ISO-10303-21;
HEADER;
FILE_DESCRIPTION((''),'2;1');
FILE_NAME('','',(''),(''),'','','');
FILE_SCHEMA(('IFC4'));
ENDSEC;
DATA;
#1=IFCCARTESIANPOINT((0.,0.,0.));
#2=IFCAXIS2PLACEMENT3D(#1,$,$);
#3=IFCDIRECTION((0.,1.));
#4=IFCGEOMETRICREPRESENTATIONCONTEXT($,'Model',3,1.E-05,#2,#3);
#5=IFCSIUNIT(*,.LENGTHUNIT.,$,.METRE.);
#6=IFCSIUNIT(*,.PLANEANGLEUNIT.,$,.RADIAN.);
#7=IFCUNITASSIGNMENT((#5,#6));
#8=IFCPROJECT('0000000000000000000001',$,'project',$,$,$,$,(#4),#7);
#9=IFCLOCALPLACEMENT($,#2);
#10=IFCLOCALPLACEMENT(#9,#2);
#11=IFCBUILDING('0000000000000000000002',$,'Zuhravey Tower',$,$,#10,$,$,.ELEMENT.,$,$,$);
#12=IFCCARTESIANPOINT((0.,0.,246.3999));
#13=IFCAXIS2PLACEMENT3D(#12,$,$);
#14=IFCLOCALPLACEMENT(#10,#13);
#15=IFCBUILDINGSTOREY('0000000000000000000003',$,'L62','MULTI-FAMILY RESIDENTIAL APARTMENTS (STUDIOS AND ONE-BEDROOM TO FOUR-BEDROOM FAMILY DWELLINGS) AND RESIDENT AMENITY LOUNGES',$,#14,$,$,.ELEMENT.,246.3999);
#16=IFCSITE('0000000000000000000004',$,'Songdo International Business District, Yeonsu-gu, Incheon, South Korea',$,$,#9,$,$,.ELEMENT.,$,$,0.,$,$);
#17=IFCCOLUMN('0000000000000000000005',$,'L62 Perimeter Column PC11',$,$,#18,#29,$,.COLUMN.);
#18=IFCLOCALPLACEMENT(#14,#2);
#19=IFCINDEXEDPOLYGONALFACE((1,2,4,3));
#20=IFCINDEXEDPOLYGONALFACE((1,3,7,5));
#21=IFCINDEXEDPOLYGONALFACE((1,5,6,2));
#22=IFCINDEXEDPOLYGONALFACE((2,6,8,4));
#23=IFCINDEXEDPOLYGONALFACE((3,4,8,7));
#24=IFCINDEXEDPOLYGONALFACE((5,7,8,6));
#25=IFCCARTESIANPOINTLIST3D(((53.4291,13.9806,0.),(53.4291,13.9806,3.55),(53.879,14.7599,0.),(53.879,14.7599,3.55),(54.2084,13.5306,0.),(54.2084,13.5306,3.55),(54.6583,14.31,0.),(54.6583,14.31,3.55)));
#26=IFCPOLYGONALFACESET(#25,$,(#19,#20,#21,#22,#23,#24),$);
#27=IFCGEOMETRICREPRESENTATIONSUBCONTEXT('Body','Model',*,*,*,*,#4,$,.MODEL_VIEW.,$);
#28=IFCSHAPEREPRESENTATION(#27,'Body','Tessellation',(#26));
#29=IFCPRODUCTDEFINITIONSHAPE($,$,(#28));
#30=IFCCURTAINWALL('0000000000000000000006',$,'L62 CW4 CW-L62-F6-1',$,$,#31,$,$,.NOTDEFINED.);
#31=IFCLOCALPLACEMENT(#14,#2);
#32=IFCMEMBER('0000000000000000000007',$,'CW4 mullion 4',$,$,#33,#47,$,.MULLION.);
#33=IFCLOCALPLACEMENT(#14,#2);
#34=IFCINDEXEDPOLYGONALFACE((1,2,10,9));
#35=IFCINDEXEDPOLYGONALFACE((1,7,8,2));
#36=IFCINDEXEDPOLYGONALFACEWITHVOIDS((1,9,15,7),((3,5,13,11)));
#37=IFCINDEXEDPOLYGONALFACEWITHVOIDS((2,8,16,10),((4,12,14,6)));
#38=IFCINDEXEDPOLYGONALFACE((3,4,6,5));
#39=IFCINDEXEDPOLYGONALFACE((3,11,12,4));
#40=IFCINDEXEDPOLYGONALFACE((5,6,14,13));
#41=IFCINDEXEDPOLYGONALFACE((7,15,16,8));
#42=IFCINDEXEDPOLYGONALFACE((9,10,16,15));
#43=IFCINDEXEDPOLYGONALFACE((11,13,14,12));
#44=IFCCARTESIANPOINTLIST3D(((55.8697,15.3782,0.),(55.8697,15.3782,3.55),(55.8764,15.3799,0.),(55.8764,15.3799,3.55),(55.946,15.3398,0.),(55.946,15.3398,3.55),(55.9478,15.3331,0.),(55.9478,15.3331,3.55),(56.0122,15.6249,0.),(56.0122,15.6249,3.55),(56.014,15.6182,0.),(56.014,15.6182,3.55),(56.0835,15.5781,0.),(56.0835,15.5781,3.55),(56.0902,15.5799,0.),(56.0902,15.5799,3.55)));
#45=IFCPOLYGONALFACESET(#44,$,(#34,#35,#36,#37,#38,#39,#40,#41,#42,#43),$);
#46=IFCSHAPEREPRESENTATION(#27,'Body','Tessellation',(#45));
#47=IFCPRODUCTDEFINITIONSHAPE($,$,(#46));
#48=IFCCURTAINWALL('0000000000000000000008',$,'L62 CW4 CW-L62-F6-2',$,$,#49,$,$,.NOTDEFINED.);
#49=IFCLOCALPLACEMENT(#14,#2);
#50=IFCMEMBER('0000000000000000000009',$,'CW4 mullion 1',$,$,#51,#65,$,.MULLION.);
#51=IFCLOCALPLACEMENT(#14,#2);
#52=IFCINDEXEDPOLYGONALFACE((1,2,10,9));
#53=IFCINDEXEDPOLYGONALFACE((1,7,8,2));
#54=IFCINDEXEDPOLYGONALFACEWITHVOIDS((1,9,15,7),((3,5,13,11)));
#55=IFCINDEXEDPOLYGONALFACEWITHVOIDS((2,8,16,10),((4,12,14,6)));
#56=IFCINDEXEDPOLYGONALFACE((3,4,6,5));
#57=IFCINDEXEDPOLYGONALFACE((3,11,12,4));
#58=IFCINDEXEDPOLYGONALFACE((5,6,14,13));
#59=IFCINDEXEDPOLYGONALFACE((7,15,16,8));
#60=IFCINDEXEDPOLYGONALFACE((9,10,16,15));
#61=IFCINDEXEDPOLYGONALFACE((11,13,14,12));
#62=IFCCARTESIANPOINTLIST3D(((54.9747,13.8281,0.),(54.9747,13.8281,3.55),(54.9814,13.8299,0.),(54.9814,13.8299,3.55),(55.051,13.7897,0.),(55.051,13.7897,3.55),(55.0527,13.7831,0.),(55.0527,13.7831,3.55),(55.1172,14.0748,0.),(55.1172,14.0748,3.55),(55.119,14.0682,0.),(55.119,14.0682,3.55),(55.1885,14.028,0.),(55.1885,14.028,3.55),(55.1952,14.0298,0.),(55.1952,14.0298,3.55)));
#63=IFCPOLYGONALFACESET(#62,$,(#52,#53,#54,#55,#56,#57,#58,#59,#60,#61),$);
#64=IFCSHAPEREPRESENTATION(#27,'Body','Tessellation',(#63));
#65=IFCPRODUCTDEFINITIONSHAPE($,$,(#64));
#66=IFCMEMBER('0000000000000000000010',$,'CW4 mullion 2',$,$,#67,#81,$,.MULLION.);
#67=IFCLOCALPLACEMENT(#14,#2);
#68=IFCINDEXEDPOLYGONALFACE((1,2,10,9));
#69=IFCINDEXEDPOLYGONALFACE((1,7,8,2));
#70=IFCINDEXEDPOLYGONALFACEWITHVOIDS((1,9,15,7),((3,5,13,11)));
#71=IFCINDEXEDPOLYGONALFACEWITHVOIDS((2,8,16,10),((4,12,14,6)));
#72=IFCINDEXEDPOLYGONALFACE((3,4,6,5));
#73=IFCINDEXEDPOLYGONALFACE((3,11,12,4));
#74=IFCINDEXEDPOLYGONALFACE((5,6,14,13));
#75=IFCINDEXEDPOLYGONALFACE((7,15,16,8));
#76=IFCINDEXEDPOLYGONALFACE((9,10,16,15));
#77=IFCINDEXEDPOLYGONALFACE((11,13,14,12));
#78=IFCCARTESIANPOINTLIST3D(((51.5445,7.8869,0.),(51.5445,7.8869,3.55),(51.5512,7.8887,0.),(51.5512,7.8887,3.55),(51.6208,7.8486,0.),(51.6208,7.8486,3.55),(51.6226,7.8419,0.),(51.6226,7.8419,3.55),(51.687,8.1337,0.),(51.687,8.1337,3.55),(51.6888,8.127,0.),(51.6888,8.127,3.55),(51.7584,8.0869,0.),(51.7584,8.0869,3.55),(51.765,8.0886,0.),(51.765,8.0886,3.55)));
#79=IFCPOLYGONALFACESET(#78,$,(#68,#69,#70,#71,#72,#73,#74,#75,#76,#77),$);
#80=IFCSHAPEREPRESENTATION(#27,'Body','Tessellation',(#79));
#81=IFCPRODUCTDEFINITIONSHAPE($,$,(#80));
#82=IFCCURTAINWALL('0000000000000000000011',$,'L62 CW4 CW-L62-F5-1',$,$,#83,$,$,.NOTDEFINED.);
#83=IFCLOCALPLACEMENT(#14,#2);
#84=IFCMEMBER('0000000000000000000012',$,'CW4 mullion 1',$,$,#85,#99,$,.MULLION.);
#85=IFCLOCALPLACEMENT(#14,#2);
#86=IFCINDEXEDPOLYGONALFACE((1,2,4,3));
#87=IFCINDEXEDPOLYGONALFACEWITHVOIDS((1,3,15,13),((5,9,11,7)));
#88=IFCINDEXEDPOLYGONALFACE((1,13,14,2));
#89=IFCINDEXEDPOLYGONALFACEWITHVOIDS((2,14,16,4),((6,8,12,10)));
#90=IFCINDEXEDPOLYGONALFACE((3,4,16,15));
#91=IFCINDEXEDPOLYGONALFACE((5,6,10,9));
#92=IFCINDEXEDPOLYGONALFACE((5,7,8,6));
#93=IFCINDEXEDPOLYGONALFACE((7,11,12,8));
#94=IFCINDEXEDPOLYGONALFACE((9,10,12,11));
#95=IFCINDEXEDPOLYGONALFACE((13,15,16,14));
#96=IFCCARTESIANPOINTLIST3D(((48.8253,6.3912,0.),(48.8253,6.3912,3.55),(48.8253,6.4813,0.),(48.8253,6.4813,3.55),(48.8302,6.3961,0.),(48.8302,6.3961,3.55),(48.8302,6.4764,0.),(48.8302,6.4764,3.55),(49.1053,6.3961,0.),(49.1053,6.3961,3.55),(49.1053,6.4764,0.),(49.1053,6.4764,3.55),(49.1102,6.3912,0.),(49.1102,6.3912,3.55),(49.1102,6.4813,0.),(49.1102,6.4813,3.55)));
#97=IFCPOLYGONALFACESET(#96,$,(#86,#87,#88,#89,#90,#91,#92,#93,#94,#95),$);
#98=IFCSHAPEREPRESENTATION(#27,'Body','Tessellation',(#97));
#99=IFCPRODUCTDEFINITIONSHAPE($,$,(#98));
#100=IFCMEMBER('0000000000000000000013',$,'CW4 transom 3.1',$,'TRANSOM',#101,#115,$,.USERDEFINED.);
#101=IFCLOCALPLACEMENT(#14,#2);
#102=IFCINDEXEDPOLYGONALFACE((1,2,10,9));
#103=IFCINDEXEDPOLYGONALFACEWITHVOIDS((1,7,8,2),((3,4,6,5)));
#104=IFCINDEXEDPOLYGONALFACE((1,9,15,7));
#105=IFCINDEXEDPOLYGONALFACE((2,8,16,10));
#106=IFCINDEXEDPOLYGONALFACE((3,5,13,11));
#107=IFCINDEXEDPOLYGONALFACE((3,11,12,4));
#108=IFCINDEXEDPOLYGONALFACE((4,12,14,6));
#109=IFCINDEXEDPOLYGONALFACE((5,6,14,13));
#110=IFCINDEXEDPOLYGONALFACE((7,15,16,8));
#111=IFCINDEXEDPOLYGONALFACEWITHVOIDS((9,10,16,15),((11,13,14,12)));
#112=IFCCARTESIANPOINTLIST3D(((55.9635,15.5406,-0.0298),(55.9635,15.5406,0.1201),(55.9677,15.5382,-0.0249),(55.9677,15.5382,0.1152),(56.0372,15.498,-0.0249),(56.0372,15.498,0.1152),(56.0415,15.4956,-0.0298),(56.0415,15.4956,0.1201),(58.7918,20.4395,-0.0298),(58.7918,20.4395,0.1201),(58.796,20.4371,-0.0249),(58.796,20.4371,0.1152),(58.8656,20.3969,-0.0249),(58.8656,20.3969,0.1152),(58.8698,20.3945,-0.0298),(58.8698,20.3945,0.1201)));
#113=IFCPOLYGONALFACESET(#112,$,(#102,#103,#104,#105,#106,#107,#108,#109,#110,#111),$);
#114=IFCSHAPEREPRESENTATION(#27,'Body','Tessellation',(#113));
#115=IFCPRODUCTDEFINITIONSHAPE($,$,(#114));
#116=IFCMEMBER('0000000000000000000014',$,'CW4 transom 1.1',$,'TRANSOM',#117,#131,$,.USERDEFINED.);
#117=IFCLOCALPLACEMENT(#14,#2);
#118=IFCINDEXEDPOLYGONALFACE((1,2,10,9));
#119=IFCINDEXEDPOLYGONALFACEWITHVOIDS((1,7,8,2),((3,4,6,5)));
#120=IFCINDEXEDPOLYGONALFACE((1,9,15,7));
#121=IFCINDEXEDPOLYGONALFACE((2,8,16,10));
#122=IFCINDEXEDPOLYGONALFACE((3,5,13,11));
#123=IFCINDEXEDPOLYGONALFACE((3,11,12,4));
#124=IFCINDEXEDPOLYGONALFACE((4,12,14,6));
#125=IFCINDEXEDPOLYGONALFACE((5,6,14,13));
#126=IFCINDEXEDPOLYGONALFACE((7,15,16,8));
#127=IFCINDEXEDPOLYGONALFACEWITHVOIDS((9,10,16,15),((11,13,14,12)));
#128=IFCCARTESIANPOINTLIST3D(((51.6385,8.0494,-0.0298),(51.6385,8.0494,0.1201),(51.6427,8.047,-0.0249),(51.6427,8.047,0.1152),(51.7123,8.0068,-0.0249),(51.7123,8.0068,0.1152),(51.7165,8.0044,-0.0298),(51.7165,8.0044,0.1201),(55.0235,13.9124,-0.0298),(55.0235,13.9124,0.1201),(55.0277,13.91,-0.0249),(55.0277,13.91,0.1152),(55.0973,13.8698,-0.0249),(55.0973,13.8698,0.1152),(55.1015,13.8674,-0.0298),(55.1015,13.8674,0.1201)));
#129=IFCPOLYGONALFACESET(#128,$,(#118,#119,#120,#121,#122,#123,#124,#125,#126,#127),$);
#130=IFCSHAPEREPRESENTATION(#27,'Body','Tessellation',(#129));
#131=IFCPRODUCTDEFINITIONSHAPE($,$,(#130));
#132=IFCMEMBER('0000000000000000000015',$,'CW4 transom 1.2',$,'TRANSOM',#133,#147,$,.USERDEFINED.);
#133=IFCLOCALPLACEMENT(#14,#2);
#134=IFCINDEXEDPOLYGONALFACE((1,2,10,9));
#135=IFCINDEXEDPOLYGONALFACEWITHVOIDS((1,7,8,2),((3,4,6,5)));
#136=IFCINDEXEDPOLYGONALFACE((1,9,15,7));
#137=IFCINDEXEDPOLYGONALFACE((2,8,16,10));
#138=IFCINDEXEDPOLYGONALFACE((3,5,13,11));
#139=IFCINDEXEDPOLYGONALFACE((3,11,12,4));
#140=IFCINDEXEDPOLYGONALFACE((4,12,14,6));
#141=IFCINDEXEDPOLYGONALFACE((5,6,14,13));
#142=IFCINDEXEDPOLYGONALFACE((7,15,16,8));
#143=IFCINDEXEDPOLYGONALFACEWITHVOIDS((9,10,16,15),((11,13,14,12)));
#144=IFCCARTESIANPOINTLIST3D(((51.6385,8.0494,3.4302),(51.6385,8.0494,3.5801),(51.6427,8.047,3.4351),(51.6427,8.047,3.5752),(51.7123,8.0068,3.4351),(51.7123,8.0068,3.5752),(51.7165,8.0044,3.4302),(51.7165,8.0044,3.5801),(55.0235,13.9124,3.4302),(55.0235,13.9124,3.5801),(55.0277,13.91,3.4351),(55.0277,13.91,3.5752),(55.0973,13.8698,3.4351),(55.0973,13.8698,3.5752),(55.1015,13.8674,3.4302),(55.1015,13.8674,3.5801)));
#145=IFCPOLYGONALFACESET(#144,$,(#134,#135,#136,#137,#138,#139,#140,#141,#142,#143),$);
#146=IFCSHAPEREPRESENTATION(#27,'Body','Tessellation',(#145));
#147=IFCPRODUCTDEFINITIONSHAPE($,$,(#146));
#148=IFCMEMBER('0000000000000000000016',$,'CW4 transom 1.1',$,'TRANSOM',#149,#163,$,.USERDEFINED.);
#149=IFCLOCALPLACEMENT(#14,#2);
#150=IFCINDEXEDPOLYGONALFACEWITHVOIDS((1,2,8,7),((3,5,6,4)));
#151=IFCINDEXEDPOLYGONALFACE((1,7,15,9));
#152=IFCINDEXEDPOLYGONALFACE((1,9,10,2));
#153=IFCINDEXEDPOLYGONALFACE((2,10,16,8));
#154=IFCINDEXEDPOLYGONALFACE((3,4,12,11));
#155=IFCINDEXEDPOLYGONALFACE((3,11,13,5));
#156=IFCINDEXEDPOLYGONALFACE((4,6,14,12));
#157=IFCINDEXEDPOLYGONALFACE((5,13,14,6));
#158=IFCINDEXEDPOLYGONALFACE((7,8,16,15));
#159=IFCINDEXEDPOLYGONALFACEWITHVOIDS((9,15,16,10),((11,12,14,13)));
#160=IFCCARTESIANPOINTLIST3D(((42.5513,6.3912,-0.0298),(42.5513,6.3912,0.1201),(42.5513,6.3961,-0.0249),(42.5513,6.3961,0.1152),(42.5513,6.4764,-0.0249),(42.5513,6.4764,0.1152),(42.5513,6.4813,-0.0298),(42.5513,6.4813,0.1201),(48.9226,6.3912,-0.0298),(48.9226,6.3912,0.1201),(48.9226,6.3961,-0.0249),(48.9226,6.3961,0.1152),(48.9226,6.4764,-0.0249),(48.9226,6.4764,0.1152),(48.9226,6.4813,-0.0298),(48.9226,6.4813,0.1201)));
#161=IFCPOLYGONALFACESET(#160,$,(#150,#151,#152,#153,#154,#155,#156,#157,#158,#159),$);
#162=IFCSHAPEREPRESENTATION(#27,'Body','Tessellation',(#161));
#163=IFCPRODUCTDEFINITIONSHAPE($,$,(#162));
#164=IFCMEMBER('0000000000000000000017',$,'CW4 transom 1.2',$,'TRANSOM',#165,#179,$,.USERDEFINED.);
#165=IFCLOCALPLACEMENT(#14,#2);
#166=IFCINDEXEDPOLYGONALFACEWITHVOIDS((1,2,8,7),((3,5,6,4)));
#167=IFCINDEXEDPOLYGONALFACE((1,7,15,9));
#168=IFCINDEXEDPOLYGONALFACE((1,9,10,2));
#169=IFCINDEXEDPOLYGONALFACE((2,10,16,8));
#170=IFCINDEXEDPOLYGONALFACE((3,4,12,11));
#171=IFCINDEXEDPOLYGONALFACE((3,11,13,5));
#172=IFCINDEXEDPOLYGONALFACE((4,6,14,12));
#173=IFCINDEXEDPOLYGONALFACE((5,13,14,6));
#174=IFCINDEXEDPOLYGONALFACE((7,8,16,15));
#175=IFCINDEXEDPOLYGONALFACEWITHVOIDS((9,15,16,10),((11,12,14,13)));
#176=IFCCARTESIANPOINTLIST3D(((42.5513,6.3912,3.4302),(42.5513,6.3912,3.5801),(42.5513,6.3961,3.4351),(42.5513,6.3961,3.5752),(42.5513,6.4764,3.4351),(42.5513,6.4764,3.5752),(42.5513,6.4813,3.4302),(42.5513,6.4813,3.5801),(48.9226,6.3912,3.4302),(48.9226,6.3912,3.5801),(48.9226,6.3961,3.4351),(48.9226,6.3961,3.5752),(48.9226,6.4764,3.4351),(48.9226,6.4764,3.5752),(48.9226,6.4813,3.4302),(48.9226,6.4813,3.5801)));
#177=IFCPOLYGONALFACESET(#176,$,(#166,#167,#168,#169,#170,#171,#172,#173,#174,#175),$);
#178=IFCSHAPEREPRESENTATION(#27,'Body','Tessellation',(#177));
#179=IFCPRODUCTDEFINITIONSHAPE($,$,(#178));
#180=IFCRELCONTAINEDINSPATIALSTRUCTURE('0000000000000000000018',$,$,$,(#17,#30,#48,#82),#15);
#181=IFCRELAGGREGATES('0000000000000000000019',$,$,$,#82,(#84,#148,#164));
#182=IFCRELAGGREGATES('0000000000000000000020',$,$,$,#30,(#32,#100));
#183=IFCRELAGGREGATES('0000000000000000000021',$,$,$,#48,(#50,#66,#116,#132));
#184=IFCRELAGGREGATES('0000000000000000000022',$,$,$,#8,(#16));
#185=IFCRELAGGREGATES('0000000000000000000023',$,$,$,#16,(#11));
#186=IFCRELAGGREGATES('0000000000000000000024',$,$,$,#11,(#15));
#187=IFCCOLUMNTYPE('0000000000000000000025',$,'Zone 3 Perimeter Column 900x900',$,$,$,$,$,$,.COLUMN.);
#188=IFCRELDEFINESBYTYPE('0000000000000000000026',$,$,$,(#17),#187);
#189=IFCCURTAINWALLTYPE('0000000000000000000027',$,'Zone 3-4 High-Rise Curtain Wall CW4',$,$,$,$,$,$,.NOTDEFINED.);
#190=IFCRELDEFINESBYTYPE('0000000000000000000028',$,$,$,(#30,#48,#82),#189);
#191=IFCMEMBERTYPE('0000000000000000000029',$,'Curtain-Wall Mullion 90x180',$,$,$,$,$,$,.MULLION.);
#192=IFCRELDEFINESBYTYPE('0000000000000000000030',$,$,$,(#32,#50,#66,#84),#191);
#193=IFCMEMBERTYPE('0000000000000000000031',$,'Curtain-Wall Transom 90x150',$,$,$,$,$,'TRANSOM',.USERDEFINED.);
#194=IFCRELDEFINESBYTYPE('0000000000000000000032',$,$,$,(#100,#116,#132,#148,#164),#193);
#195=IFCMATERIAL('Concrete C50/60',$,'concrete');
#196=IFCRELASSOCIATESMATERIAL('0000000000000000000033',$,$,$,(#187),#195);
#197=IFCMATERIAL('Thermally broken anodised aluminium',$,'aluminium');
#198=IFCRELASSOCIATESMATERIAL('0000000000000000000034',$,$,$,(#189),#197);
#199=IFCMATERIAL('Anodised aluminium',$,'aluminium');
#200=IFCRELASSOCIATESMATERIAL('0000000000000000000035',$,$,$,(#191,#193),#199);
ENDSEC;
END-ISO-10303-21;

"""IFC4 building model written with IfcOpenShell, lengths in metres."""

from ifc_helpers import new_model, si_unit, direction, frame, origin, origin_2d, place, context, subcontext, project, spatial, rectangle, hollow_rectangle, extrude, material, material_profile, profile_set, type_object, element, aggregate, save


model = new_model("IFC4")

# Units and contexts
model_context = context("Model", 3, precision=1e-05, world=origin(), true_north=direction((0.0, 1.0)))
body_context = subcontext(model_context, "Body", "Model", "MODEL_VIEW")
ifc_project = project(units=[si_unit("LENGTHUNIT", "METRE"), si_unit("PLANEANGLEUNIT", "RADIAN")], contexts=[model_context])

# Site, building, storey
site_placement = place(None, origin())
site = spatial("IfcSite", under=ifc_project, at=site_placement, Name="Songdo International Business District, Yeonsu-gu, Incheon, South Korea", CompositionType="ELEMENT", RefElevation=0.0)
building_placement = place(site_placement, origin())
building = spatial("IfcBuilding", under=site, at=building_placement, Name="Zuhravey Tower", CompositionType="ELEMENT")
storey_placement = place(building_placement, frame((0.0, 0.0, 246.3999)))
storey = spatial("IfcBuildingStorey", under=building, at=storey_placement, Name="L62", Description="MULTI-FAMILY RESIDENTIAL APARTMENTS (STUDIOS AND ONE-BEDROOM TO FOUR-BEDROOM FAMILY DWELLINGS) AND RESIDENT AMENITY LOUNGES", CompositionType="ELEMENT", Elevation=246.3999)

# Column
ifc_material_1 = material(Name="Concrete C50/60", Category="concrete")
ifc_material_profile_1 = material_profile(ifc_material_1, rectangle(XDim=0.8999, YDim=0.8999, at=origin_2d()), Name="RC-900x900")
ifc_profile_set_1 = profile_set([ifc_material_profile_1], Name="Concrete C50/60")
column_type = type_object("IfcColumnType", Name="Zone 3 Perimeter Column 900x900", PredefinedType="COLUMN", material=ifc_profile_set_1)
column_placement = place(storey_placement, frame((54.0437, 14.1453, 0.0), z_axis=(0.0, 0.0, 1.0), x_axis=(0.5, 0.866025, 0.0)))
element("IfcColumn", 1, at=column_placement, inside=storey, type_object=column_type, Name="L62 Perimeter Column PC11", PredefinedType="COLUMN", context=body_context, shape_type="SweptSolid", body=[
    extrude(rectangle(XDim=0.8999, YDim=0.8999, at=origin_2d()), origin(), (0.0, 0.0, 1.0), 3.55),
])

# Curtain wall, member
ifc_material_2 = material(Name="Thermally broken anodised aluminium", Category="aluminium")
curtain_wall_type = type_object("IfcCurtainWallType", Name="Zone 3-4 High-Rise Curtain Wall CW4", PredefinedType="NOTDEFINED", material=ifc_material_2)
curtain_wall_1_placement = place(storey_placement, origin())
curtain_wall_1 = element("IfcCurtainWall", 2, at=curtain_wall_1_placement, inside=storey, type_object=curtain_wall_type, Name="L62 CW4 CW-L62-F6-1", PredefinedType="NOTDEFINED")
ifc_material_3 = material(Name="Anodised aluminium", Category="aluminium")
ifc_material_profile_2 = material_profile(ifc_material_3, hollow_rectangle(XDim=0.0901, YDim=0.2849, WallThickness=0.0049, at=origin_2d()), Name="ALU-RHS-90x285x5")
ifc_profile_set_2 = profile_set([ifc_material_profile_2], Name="Anodised aluminium")
member_type_1 = type_object("IfcMemberType", Name="Curtain-Wall Mullion 90x180", PredefinedType="MULLION", material=ifc_profile_set_2)
member_1_placement = place(storey_placement, frame((55.98, 15.479, 0.0), z_axis=(0.0, 0.0, 1.0), x_axis=(0.866026, -0.499999, 0.0)))
member_1 = element("IfcMember", 3, at=member_1_placement, type_object=member_type_1, Name="CW4 mullion 4", PredefinedType="MULLION", context=body_context, shape_type="SweptSolid", body=[
    extrude(hollow_rectangle(XDim=0.0901, YDim=0.2849, WallThickness=0.0049, at=origin_2d()), origin(), (0.0, 0.0, 1.0), 3.55),
])

# Curtain wall, members
curtain_wall_2_placement = place(storey_placement, origin())
curtain_wall_2 = element("IfcCurtainWall", 4, at=curtain_wall_2_placement, inside=storey, type_object=curtain_wall_type, Name="L62 CW4 CW-L62-F6-2", PredefinedType="NOTDEFINED")
member_2_placement = place(storey_placement, frame((55.085, 13.929, 0.0), z_axis=(0.0, 0.0, 1.0), x_axis=(0.866024, -0.500003, 0.0)))
member_2 = element("IfcMember", 5, at=member_2_placement, type_object=member_type_1, Name="CW4 mullion 1", PredefinedType="MULLION", context=body_context, shape_type="SweptSolid", body=[
    extrude(hollow_rectangle(XDim=0.0901, YDim=0.2849, WallThickness=0.0049, at=origin_2d()), origin(), (0.0, 0.0, 1.0), 3.55),
])
member_3_placement = place(storey_placement, frame((51.6548, 7.9878, 0.0), z_axis=(0.0, 0.0, 1.0), x_axis=(0.866024, -0.500003, 0.0)))
member_3 = element("IfcMember", 6, at=member_3_placement, type_object=member_type_1, Name="CW4 mullion 2", PredefinedType="MULLION", context=body_context, shape_type="SweptSolid", body=[
    extrude(hollow_rectangle(XDim=0.0901, YDim=0.2849, WallThickness=0.0049, at=origin_2d()), origin(), (0.0, 0.0, 1.0), 3.55),
])

# Curtain wall, member
curtain_wall_3_placement = place(storey_placement, origin())
curtain_wall_3 = element("IfcCurtainWall", 7, at=curtain_wall_3_placement, inside=storey, type_object=curtain_wall_type, Name="L62 CW4 CW-L62-F5-1", PredefinedType="NOTDEFINED")
member_4_placement = place(storey_placement, frame((48.9678, 6.4363, 0.0), z_axis=(0.0, 0.0, 1.0), x_axis=(0.0, -1.0, 0.0)))
member_4 = element("IfcMember", 8, at=member_4_placement, type_object=member_type_1, Name="CW4 mullion 1", PredefinedType="MULLION", context=body_context, shape_type="SweptSolid", body=[
    extrude(hollow_rectangle(XDim=0.0901, YDim=0.2849, WallThickness=0.0049, at=origin_2d()), origin(), (0.0, 0.0, 1.0), 3.55),
])

# Members
ifc_material_profile_3 = material_profile(ifc_material_3, hollow_rectangle(XDim=0.0901, YDim=0.1499, WallThickness=0.0049, at=origin_2d()), Name="ALU-RHS-90x150x5")
ifc_profile_set_3 = profile_set([ifc_material_profile_3], Name="Anodised aluminium")
member_type_2 = type_object("IfcMemberType", Name="Curtain-Wall Transom 90x150", ElementType="TRANSOM", PredefinedType="USERDEFINED", material=ifc_profile_set_3)
member_5_placement = place(storey_placement, frame((58.8308, 20.417, 0.0452), z_axis=(-0.499996, -0.866027, 0.0), x_axis=(0.866027, -0.499996, 0.0)))
member_5 = element("IfcMember", 9, at=member_5_placement, type_object=member_type_2, Name="CW4 transom 3.1", ObjectType="TRANSOM", PredefinedType="USERDEFINED", context=body_context, shape_type="SweptSolid", body=[
    extrude(hollow_rectangle(XDim=0.0901, YDim=0.1499, WallThickness=0.0049, at=origin_2d()), origin(), (0.0, 0.0, 1.0), 5.6567),
])
member_6_placement = place(storey_placement, frame((55.0625, 13.8899, 0.0452), z_axis=(-0.499998, -0.866026, 0.0), x_axis=(0.866026, -0.499998, 0.0)))
member_6 = element("IfcMember", 10, at=member_6_placement, type_object=member_type_2, Name="CW4 transom 1.1", ObjectType="TRANSOM", PredefinedType="USERDEFINED", context=body_context, shape_type="SweptSolid", body=[
    extrude(hollow_rectangle(XDim=0.0901, YDim=0.1499, WallThickness=0.0049, at=origin_2d()), origin(), (0.0, 0.0, 1.0), 6.77),
])
member_7_placement = place(storey_placement, frame((55.0625, 13.8899, 3.5051), z_axis=(-0.499998, -0.866026, 0.0), x_axis=(0.866026, -0.499998, 0.0)))
member_7 = element("IfcMember", 11, at=member_7_placement, type_object=member_type_2, Name="CW4 transom 1.2", ObjectType="TRANSOM", PredefinedType="USERDEFINED", context=body_context, shape_type="SweptSolid", body=[
    extrude(hollow_rectangle(XDim=0.0901, YDim=0.1499, WallThickness=0.0049, at=origin_2d()), origin(), (0.0, 0.0, 1.0), 6.77),
])
member_8_placement = place(storey_placement, frame((48.9226, 6.4363, 0.0452), z_axis=(-1.0, 0.0, 0.0), x_axis=(0.0, -1.0, 0.0)))
member_8 = element("IfcMember", 12, at=member_8_placement, type_object=member_type_2, Name="CW4 transom 1.1", ObjectType="TRANSOM", PredefinedType="USERDEFINED", context=body_context, shape_type="SweptSolid", body=[
    extrude(hollow_rectangle(XDim=0.0901, YDim=0.1499, WallThickness=0.0049, at=origin_2d()), origin(), (0.0, 0.0, 1.0), 6.3713),
])
member_9_placement = place(storey_placement, frame((48.9226, 6.4363, 3.5051), z_axis=(-1.0, 0.0, 0.0), x_axis=(0.0, -1.0, 0.0)))
member_9 = element("IfcMember", 13, at=member_9_placement, type_object=member_type_2, Name="CW4 transom 1.2", ObjectType="TRANSOM", PredefinedType="USERDEFINED", context=body_context, shape_type="SweptSolid", body=[
    extrude(hollow_rectangle(XDim=0.0901, YDim=0.1499, WallThickness=0.0049, at=origin_2d()), origin(), (0.0, 0.0, 1.0), 6.3713),
])
aggregate(curtain_wall_3, [member_4, member_8, member_9])

aggregate(curtain_wall_1, [member_1, member_5])
aggregate(curtain_wall_2, [member_2, member_3, member_6, member_7])

save(model, "model.ifc")
